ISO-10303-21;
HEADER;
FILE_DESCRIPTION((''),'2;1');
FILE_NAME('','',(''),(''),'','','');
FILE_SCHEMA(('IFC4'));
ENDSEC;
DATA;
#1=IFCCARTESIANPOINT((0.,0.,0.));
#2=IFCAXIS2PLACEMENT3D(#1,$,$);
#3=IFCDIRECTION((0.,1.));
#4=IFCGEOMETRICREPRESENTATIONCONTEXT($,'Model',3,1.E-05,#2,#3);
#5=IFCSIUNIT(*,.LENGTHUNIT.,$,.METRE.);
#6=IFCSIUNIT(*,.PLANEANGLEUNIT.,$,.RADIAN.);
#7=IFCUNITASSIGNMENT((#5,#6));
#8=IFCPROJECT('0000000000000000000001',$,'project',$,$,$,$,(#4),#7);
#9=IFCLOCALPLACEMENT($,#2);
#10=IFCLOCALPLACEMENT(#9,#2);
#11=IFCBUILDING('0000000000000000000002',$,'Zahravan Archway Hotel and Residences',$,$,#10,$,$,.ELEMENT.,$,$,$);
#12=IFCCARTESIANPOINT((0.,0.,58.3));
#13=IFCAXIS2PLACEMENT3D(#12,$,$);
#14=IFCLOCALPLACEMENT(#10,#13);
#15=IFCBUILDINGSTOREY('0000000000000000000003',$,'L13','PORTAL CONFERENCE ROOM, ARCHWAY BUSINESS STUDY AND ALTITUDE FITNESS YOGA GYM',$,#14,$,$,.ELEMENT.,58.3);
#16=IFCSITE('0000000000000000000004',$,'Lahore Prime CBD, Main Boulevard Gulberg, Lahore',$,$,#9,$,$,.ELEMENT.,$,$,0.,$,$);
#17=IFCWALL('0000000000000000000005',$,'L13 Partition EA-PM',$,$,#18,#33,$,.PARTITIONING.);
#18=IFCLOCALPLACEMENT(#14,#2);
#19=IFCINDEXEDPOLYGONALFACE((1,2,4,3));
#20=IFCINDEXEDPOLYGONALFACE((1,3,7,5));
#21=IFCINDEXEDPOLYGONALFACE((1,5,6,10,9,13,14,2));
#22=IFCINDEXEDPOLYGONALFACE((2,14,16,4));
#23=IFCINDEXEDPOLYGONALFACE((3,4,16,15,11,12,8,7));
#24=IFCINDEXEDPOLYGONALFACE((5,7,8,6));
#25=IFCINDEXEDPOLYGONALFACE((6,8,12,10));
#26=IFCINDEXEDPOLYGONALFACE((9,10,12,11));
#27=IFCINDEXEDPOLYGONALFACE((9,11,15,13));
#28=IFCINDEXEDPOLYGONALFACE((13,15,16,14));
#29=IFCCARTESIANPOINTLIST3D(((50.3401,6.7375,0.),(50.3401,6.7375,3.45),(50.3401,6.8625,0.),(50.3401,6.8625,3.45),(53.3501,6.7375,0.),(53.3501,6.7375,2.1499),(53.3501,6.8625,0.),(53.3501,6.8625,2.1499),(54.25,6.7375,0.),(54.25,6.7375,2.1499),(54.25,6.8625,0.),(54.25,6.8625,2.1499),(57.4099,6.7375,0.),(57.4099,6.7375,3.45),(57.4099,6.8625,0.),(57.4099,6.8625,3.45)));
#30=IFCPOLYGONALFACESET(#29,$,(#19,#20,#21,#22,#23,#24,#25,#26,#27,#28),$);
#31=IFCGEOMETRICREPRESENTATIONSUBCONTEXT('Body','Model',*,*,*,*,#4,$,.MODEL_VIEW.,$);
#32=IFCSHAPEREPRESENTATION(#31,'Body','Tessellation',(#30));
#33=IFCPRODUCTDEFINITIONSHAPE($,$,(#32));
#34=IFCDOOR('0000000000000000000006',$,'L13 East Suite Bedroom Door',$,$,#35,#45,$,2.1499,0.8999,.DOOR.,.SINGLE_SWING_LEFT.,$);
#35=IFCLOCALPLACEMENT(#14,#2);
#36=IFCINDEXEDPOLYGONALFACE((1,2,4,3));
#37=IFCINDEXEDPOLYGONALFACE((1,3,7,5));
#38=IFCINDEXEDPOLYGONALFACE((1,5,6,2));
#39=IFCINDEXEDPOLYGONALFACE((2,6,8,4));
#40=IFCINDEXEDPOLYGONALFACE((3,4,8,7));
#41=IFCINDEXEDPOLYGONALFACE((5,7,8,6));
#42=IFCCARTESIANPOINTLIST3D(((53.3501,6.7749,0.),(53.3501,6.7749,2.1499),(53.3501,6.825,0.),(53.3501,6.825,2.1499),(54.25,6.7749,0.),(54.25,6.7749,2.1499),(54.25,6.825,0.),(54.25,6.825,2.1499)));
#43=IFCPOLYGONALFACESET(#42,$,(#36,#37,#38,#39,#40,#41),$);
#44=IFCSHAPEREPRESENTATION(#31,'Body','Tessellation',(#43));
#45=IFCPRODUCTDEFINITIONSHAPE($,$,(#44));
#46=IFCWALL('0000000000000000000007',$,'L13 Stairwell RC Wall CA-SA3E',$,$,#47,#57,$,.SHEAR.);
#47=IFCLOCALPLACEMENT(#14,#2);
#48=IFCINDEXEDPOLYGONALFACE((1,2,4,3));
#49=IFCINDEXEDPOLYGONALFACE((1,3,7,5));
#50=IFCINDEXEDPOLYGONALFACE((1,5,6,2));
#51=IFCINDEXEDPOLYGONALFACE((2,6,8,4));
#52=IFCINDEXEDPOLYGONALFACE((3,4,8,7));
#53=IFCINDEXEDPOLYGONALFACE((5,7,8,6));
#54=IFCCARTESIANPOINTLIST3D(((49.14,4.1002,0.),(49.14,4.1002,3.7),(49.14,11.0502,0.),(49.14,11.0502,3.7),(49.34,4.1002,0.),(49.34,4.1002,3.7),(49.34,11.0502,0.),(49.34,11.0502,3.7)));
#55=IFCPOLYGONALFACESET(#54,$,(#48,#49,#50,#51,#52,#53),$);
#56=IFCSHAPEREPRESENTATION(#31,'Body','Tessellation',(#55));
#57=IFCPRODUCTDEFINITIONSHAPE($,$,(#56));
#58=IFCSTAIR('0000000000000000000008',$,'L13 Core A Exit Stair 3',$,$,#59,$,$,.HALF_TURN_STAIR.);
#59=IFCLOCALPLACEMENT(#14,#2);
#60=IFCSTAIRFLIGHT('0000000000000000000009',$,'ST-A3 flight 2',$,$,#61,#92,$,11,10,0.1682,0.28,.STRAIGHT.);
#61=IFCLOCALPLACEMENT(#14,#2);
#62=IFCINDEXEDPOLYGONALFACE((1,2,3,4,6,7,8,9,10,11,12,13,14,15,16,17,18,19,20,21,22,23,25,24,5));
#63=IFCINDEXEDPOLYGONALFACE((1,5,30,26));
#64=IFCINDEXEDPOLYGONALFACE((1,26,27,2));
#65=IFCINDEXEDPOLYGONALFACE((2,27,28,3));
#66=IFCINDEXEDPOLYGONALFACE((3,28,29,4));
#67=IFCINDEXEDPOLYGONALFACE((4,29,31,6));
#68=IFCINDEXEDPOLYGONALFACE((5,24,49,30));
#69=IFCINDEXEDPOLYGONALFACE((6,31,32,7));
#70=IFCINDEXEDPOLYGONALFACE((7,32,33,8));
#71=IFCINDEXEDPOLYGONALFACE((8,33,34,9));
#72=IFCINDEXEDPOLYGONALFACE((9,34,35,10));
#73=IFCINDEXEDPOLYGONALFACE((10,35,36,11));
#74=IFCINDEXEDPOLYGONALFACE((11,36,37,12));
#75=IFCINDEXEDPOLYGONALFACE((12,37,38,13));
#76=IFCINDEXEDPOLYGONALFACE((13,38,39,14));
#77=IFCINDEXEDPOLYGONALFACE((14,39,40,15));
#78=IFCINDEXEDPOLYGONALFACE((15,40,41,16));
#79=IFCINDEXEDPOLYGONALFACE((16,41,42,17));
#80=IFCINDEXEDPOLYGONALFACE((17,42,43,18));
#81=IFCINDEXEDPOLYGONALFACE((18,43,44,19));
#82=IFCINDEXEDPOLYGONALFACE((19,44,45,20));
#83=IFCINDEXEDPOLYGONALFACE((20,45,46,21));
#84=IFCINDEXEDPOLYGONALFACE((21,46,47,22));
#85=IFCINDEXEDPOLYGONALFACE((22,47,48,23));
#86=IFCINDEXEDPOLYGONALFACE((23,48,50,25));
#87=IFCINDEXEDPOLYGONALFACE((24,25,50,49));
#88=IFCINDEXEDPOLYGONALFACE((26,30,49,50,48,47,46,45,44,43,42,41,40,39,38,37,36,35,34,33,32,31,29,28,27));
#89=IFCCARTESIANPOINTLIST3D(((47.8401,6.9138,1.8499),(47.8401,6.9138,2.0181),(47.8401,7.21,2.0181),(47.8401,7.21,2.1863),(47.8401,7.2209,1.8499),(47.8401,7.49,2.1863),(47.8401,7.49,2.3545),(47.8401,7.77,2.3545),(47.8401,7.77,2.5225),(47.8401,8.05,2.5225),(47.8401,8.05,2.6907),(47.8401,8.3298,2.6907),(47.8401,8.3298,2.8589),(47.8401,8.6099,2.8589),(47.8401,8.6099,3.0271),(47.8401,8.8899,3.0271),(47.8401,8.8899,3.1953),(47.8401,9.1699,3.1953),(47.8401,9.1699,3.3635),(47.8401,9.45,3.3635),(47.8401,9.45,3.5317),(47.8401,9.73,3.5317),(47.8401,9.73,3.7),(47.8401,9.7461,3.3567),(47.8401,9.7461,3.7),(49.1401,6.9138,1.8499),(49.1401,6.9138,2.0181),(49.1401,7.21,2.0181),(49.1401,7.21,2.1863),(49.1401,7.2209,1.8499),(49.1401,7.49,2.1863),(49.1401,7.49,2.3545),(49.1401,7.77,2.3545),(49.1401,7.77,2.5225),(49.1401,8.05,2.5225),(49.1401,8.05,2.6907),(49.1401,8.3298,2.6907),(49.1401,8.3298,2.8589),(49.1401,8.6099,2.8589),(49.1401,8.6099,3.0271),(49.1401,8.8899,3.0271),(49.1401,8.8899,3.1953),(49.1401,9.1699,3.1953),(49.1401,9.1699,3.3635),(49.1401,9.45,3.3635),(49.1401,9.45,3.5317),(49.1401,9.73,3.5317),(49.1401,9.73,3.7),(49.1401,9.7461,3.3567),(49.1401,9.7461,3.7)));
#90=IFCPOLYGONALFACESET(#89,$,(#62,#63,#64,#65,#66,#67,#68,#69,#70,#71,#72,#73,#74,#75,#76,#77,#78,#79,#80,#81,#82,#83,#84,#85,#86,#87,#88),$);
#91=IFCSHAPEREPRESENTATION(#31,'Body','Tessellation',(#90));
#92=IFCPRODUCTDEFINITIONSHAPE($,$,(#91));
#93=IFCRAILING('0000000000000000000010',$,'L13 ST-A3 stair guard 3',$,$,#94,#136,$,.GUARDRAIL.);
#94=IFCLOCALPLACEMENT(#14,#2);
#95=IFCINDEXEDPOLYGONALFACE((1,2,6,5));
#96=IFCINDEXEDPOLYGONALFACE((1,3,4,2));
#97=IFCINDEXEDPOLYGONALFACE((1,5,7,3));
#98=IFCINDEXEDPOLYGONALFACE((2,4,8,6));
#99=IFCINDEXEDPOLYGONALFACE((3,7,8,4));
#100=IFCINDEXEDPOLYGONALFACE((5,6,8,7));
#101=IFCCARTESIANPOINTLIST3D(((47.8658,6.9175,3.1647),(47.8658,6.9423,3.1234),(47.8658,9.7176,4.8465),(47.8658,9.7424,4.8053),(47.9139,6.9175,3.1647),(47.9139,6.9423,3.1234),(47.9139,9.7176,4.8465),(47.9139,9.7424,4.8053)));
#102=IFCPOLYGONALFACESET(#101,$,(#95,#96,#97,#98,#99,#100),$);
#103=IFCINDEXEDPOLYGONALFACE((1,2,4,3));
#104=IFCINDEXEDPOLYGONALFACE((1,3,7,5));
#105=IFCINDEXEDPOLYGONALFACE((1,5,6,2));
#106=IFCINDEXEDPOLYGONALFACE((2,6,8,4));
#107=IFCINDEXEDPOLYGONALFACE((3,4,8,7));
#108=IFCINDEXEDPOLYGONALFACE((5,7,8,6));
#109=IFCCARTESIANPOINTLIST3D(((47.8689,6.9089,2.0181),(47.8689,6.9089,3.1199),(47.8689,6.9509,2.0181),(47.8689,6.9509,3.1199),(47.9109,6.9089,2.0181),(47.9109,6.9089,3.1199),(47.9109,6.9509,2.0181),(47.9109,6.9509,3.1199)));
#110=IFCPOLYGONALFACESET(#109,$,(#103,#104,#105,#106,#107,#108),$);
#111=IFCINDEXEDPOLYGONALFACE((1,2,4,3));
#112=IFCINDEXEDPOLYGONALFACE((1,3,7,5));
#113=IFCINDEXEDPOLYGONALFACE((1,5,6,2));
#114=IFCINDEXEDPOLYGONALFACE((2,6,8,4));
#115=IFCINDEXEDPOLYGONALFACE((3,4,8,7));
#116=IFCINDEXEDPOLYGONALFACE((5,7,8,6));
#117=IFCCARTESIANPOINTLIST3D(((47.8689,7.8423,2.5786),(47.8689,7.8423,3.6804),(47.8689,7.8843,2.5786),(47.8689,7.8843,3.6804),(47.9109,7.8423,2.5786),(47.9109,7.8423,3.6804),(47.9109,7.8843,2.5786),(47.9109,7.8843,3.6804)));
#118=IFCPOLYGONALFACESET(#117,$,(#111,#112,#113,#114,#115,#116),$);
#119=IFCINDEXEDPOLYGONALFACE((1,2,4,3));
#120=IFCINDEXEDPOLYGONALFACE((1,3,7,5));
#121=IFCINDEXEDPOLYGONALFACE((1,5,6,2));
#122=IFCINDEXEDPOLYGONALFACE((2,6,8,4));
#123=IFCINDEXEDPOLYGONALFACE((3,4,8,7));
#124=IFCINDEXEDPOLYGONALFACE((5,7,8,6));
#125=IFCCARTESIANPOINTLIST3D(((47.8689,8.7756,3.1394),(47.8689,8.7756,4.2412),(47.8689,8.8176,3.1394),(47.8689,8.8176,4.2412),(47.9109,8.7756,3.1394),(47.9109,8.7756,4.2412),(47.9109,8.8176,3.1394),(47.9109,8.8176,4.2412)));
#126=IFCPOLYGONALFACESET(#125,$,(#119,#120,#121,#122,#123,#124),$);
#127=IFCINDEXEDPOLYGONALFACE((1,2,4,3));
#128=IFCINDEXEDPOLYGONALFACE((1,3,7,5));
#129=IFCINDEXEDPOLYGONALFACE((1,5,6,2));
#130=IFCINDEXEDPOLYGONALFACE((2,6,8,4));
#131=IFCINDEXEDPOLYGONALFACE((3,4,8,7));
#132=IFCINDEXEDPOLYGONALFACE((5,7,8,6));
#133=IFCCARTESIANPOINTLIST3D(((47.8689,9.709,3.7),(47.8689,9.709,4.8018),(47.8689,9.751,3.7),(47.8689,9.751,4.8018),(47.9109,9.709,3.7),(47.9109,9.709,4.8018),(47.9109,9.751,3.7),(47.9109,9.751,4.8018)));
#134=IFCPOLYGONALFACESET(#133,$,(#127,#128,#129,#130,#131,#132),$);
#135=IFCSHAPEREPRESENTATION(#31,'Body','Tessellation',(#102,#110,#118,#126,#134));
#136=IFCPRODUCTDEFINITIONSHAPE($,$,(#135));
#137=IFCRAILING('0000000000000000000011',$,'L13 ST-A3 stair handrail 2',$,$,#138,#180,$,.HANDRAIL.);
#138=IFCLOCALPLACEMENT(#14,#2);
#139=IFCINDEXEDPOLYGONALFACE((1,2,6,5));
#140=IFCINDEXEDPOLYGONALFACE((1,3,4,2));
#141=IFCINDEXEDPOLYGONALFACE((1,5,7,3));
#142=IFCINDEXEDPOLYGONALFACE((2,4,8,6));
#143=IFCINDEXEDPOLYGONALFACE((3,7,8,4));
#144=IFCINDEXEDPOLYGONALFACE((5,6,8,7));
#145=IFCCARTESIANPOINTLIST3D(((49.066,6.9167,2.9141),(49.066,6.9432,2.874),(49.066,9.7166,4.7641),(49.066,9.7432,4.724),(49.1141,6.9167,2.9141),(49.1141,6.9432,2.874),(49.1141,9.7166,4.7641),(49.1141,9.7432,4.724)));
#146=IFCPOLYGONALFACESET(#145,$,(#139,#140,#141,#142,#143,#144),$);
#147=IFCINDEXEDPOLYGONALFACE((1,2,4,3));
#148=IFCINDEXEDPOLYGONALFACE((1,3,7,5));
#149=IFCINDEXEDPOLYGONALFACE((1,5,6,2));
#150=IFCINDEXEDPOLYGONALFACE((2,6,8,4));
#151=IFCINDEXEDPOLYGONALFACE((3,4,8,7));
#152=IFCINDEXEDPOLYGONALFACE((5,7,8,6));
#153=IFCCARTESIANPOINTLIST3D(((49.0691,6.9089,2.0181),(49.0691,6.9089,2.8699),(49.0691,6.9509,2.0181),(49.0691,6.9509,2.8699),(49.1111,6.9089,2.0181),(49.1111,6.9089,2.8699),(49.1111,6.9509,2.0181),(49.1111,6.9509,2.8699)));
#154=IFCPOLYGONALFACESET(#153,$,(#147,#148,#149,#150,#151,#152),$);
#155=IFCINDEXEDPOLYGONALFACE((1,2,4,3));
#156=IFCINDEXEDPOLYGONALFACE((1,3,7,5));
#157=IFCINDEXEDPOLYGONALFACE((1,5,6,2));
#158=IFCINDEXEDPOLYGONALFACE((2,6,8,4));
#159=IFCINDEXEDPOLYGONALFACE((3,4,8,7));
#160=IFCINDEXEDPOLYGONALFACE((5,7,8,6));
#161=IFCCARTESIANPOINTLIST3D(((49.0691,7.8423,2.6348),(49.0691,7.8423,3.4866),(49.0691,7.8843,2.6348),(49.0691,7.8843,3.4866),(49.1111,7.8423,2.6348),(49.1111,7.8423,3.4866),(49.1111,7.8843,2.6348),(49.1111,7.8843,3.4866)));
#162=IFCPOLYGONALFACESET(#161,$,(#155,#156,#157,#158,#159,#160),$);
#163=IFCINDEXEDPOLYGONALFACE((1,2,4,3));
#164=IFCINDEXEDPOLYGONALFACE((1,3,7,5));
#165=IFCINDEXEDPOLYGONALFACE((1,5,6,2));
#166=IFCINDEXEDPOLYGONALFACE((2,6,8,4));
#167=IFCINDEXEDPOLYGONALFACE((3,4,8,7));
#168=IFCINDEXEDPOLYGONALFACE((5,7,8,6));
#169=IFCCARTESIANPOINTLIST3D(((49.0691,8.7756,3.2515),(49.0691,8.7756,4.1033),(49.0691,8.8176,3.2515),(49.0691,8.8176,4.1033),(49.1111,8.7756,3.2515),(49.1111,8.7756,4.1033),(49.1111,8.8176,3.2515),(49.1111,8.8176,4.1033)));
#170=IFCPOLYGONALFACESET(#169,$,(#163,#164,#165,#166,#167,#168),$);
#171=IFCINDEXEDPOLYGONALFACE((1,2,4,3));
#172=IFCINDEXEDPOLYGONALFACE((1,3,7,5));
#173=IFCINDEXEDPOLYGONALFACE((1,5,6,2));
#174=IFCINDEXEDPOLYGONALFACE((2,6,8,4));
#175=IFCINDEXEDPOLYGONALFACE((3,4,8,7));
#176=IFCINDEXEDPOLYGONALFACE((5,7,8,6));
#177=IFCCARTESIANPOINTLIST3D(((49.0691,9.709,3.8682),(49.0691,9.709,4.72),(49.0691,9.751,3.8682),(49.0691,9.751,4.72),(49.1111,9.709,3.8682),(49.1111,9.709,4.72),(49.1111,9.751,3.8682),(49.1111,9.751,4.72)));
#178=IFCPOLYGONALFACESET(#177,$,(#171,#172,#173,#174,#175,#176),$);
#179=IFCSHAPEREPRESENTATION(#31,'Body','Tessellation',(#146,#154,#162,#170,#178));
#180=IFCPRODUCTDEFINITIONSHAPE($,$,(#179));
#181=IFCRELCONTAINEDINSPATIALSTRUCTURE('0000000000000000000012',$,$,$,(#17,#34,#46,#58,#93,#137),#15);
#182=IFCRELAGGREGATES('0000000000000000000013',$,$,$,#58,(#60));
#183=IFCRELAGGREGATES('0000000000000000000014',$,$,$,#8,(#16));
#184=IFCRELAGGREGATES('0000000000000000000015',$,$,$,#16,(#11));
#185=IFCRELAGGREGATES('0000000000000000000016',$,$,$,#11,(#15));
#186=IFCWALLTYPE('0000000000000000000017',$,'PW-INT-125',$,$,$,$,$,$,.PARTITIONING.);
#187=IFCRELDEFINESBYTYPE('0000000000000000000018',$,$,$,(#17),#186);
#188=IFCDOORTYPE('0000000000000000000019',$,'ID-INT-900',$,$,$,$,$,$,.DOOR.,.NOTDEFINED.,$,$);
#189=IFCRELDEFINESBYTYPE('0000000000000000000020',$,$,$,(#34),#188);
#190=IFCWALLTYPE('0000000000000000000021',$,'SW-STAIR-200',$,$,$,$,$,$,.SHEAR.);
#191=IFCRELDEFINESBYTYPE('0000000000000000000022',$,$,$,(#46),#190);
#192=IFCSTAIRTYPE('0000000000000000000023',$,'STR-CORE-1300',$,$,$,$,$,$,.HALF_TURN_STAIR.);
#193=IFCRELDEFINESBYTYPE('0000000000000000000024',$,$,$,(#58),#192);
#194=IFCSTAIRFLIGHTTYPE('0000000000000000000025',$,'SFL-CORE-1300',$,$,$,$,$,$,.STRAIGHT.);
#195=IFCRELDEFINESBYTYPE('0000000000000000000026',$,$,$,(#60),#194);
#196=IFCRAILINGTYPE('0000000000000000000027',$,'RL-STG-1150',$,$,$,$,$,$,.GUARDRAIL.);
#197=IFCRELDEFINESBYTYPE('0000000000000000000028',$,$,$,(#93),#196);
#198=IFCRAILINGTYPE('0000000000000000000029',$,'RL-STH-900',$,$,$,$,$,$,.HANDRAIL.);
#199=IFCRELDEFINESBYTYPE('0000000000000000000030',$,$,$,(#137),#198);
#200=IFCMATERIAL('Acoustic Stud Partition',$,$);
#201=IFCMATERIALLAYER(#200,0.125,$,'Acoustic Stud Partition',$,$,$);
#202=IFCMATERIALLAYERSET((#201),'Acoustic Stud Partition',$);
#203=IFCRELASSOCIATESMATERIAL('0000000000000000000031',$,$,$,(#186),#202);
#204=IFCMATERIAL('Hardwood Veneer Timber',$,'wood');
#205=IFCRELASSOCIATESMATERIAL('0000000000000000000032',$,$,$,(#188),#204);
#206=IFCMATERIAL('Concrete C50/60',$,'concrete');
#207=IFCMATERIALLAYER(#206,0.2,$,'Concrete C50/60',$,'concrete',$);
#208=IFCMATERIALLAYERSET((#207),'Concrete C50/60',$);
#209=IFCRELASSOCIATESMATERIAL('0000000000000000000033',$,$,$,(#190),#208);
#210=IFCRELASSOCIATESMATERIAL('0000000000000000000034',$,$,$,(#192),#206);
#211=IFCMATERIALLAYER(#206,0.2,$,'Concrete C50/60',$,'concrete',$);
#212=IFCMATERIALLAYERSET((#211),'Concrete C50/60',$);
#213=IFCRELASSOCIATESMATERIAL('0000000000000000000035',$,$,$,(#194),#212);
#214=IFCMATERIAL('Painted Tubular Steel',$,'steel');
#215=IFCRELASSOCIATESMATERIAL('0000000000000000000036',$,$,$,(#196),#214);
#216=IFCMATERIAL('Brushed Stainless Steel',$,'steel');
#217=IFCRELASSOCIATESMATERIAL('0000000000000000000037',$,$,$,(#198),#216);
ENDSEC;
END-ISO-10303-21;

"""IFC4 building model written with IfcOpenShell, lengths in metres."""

from ifc_helpers import new_model, si_unit, direction, frame, frame_2d, origin, origin_2d, place, context, subcontext, project, spatial, polyline, rectangle, outline, extrude, source, transform, mapped, material, layer, layer_set, type_object, type_shapes, element, fill, aggregate, save


model = new_model("IFC4")

# Units and contexts
model_context = context("Model", 3, precision=1e-05, world=origin(), true_north=direction((0.0, 1.0)))
body_context = subcontext(model_context, "Body", "Model", "MODEL_VIEW")
ifc_project = project(units=[si_unit("LENGTHUNIT", "METRE"), si_unit("PLANEANGLEUNIT", "RADIAN")], contexts=[model_context])

# Site, building, storey
site_placement = place(None, origin())
site = spatial("IfcSite", under=ifc_project, at=site_placement, Name="Lahore Prime CBD, Main Boulevard Gulberg, Lahore", CompositionType="ELEMENT", RefElevation=0.0)
building_placement = place(site_placement, origin())
building = spatial("IfcBuilding", under=site, at=building_placement, Name="Zahravan Archway Hotel and Residences", CompositionType="ELEMENT")
storey_placement = place(building_placement, frame((0.0, 0.0, 58.3)))
storey = spatial("IfcBuildingStorey", under=building, at=storey_placement, Name="L13", Description="PORTAL CONFERENCE ROOM, ARCHWAY BUSINESS STUDY AND ALTITUDE FITNESS YOGA GYM", CompositionType="ELEMENT", Elevation=58.3)

# Wall, opening, door
ifc_material_1 = material(Name="Acoustic Stud Partition")
ifc_layer_1 = layer(ifc_material_1, 0.125, Name="Acoustic Stud Partition")
ifc_layer_set_1 = layer_set([ifc_layer_1], Name="Acoustic Stud Partition")
wall_type_1 = type_object("IfcWallType", Name="PW-INT-125", PredefinedType="PARTITIONING", material=ifc_layer_set_1)
wall_1_placement = place(storey_placement, frame((50.3401, 6.8, 0.0), z_axis=(0.0, 0.0, 1.0), x_axis=(1.0, 0.0, 0.0)))
wall_1 = element("IfcWall", 1, at=wall_1_placement, inside=storey, type_object=wall_type_1, Name="L13 Partition EA-PM", PredefinedType="PARTITIONING", context=body_context, shape_type="SweptSolid", body=[
    extrude(rectangle(XDim=7.0698, YDim=0.125, at=frame_2d((3.5349, 0.0))), origin(), (0.0, 0.0, 1.0), 3.45),
])
opening_1_placement = place(wall_1_placement, frame((3.01, 0.0, 0.0)))
opening_1 = element("IfcOpeningElement", 2, at=opening_1_placement, cuts=wall_1, PredefinedType="OPENING", context=body_context, shape_type="SweptSolid", body=[
    extrude(rectangle(XDim=0.8999, YDim=2.1499, at=frame_2d((0.45, 1.075))), frame((0.0, 0.0725, 0.0), z_axis=(0.0, -1.0, 0.0), x_axis=(1.0, 0.0, 0.0)), (0.0, 0.0, 1.0), 0.145),
])
ifc_material_2 = material(Name="Hardwood Veneer Timber", Category="wood")
door_type_1 = type_object("IfcDoorType", Name="ID-INT-900", OperationType="NOTDEFINED", PredefinedType="DOOR", material=ifc_material_2)
shared_shape_1 = source(origin(), body_context, "Body", "SweptSolid", [
    extrude(rectangle(XDim=0.8999, YDim=2.1499, at=frame_2d((0.45, 1.075))), frame((0.0, 0.0249, 0.0), z_axis=(0.0, -1.0, 0.0), x_axis=(1.0, 0.0, 0.0)), (0.0, 0.0, 1.0), 0.05),
])
type_shapes(door_type_1, [shared_shape_1])
door_1_placement = place(opening_1_placement, origin())
door_1 = element("IfcDoor", 3, at=door_1_placement, inside=storey, type_object=door_type_1, Name="L13 East Suite Bedroom Door", OperationType="SINGLE_SWING_LEFT", OverallHeight=2.1499, OverallWidth=0.8999, PredefinedType="DOOR", context=body_context, shape_type="MappedRepresentation", body=[
    mapped(shared_shape_1, transform((0.0, 0.0, 0.0), scale=1.0)),
])
fill(opening_1, door_1)

# Wall
ifc_material_3 = material(Name="Concrete C50/60", Category="concrete")
ifc_layer_2 = layer(ifc_material_3, 0.2, Name="Concrete C50/60", Category="concrete")
ifc_layer_set_2 = layer_set([ifc_layer_2], Name="Concrete C50/60")
wall_type_2 = type_object("IfcWallType", Name="SW-STAIR-200", PredefinedType="SHEAR", material=ifc_layer_set_2)
wall_2_placement = place(storey_placement, frame((49.24, 4.1001, 0.0), z_axis=(0.0, 0.0, 1.0), x_axis=(0.0, 1.0, 0.0)))
element("IfcWall", 4, at=wall_2_placement, inside=storey, type_object=wall_type_2, Name="L13 Stairwell RC Wall CA-SA3E", PredefinedType="SHEAR", context=body_context, shape_type="SweptSolid", body=[
    extrude(rectangle(XDim=6.95, YDim=0.2, at=frame_2d((3.4751, 0.0))), origin(), (0.0, 0.0, 1.0), 3.7),
])

# Stair, stair flight
stair_type = type_object("IfcStairType", Name="STR-CORE-1300", PredefinedType="HALF_TURN_STAIR", material=ifc_material_3)
stair_placement = place(storey_placement, origin())
stair = element("IfcStair", 5, at=stair_placement, inside=storey, type_object=stair_type, Name="L13 Core A Exit Stair 3", PredefinedType="HALF_TURN_STAIR")
ifc_layer_3 = layer(ifc_material_3, 0.2, Name="Concrete C50/60", Category="concrete")
ifc_layer_set_3 = layer_set([ifc_layer_3], Name="Concrete C50/60")
stair_flight_type = type_object("IfcStairFlightType", Name="SFL-CORE-1300", PredefinedType="STRAIGHT", material=ifc_layer_set_3)
shared_shape_2 = source(origin(), body_context, "Body", "SweptSolid", [
    extrude(outline(polyline([(-0.0161, 0.0), (-0.0161, 0.1682), (0.28, 0.1682), (0.28, 0.3364), (0.5601, 0.3364), (0.5601, 0.5046), (0.8401, 0.5046), (0.8401, 0.6726), (1.1201, 0.6726), (1.1201, 0.8408), (1.3999, 0.8408), (1.3999, 1.009), (1.6799, 1.009), (1.6799, 1.1772), (1.96, 1.1772), (1.96, 1.3455), (2.24, 1.3455), (2.24, 1.5137), (2.52, 1.5137), (2.52, 1.6819), (2.8, 1.6819), (2.8, 1.8501), (2.8162, 1.8501), (2.8162, 1.5068), (0.291, 0.0), (-0.0161, 0.0)])), frame((0.0, 0.6499, 0.0), z_axis=(0.0, -1.0, 0.0), x_axis=(1.0, 0.0, 0.0)), (0.0, 0.0, 1.0), 1.3),
])
stair_flight_placement = place(storey_placement, frame((48.49, 6.9299, 1.8499), z_axis=(0.0, 0.0, 1.0), x_axis=(0.0, 1.0, 0.0)))
stair_flight = element("IfcStairFlight", 6, at=stair_flight_placement, type_object=stair_flight_type, Name="ST-A3 flight 2", NumberOfRisers=11, NumberOfTreads=10, PredefinedType="STRAIGHT", RiserHeight=0.1682, TreadLength=0.28, context=body_context, shape_type="MappedRepresentation", body=[
    mapped(shared_shape_2, transform((0.0, 0.0, 0.0), scale=1.0)),
])
aggregate(stair, [stair_flight])

# Railings
ifc_material_4 = material(Name="Painted Tubular Steel", Category="steel")
railing_type_1 = type_object("IfcRailingType", Name="RL-STG-1150", PredefinedType="GUARDRAIL", material=ifc_material_4)
railing_1_placement = place(storey_placement, frame((47.8899, 6.9299, 2.0181)))
element("IfcRailing", 7, at=railing_1_placement, inside=storey, type_object=railing_type_1, Name="L13 ST-A3 stair guard 3", PredefinedType="GUARDRAIL", context=body_context, shape_type="SweptSolid", body=[
    extrude(rectangle(XDim=0.0481, YDim=0.0481, at=origin_2d()), frame((0.0, 0.0, 1.126), z_axis=(0.0, 0.857242, 0.514913), x_axis=(-1.0, 0.0, 0.0)), (0.0, 0.0, 1.0), 3.2664),
    extrude(rectangle(XDim=0.042, YDim=0.042, at=origin_2d()), origin(), (0.0, 0.0, 1.0), 1.1018),
    extrude(rectangle(XDim=0.042, YDim=0.042, at=origin_2d()), frame((0.0, 0.9333, 0.5605)), (0.0, 0.0, 1.0), 1.1018),
    extrude(rectangle(XDim=0.042, YDim=0.042, at=origin_2d()), frame((0.0, 1.8667, 1.1213)), (0.0, 0.0, 1.0), 1.1018),
    extrude(rectangle(XDim=0.042, YDim=0.042, at=origin_2d()), frame((0.0, 2.8, 1.6819)), (0.0, 0.0, 1.0), 1.1018),
])
ifc_material_5 = material(Name="Brushed Stainless Steel", Category="steel")
railing_type_2 = type_object("IfcRailingType", Name="RL-STH-900", PredefinedType="HANDRAIL", material=ifc_material_5)
railing_2_placement = place(storey_placement, frame((49.0901, 6.9299, 2.0181)))
element("IfcRailing", 8, at=railing_2_placement, inside=storey, type_object=railing_type_2, Name="L13 ST-A3 stair handrail 2", PredefinedType="HANDRAIL", context=body_context, shape_type="SweptSolid", body=[
    extrude(rectangle(XDim=0.0481, YDim=0.0481, at=origin_2d()), frame((0.0, 0.0, 0.876), z_axis=(0.0, 0.834326, 0.551271), x_axis=(-1.0, 0.0, 0.0)), (0.0, 0.0, 1.0), 3.356),
    extrude(rectangle(XDim=0.042, YDim=0.042, at=origin_2d()), origin(), (0.0, 0.0, 1.0), 0.8518),
    extrude(rectangle(XDim=0.042, YDim=0.042, at=origin_2d()), frame((0.0, 0.9333, 0.6167)), (0.0, 0.0, 1.0), 0.8518),
    extrude(rectangle(XDim=0.042, YDim=0.042, at=origin_2d()), frame((0.0, 1.8667, 1.2334)), (0.0, 0.0, 1.0), 0.8518),
    extrude(rectangle(XDim=0.042, YDim=0.042, at=origin_2d()), frame((0.0, 2.8, 1.8501)), (0.0, 0.0, 1.0), 0.8518),
])

save(model, "model.ifc")
